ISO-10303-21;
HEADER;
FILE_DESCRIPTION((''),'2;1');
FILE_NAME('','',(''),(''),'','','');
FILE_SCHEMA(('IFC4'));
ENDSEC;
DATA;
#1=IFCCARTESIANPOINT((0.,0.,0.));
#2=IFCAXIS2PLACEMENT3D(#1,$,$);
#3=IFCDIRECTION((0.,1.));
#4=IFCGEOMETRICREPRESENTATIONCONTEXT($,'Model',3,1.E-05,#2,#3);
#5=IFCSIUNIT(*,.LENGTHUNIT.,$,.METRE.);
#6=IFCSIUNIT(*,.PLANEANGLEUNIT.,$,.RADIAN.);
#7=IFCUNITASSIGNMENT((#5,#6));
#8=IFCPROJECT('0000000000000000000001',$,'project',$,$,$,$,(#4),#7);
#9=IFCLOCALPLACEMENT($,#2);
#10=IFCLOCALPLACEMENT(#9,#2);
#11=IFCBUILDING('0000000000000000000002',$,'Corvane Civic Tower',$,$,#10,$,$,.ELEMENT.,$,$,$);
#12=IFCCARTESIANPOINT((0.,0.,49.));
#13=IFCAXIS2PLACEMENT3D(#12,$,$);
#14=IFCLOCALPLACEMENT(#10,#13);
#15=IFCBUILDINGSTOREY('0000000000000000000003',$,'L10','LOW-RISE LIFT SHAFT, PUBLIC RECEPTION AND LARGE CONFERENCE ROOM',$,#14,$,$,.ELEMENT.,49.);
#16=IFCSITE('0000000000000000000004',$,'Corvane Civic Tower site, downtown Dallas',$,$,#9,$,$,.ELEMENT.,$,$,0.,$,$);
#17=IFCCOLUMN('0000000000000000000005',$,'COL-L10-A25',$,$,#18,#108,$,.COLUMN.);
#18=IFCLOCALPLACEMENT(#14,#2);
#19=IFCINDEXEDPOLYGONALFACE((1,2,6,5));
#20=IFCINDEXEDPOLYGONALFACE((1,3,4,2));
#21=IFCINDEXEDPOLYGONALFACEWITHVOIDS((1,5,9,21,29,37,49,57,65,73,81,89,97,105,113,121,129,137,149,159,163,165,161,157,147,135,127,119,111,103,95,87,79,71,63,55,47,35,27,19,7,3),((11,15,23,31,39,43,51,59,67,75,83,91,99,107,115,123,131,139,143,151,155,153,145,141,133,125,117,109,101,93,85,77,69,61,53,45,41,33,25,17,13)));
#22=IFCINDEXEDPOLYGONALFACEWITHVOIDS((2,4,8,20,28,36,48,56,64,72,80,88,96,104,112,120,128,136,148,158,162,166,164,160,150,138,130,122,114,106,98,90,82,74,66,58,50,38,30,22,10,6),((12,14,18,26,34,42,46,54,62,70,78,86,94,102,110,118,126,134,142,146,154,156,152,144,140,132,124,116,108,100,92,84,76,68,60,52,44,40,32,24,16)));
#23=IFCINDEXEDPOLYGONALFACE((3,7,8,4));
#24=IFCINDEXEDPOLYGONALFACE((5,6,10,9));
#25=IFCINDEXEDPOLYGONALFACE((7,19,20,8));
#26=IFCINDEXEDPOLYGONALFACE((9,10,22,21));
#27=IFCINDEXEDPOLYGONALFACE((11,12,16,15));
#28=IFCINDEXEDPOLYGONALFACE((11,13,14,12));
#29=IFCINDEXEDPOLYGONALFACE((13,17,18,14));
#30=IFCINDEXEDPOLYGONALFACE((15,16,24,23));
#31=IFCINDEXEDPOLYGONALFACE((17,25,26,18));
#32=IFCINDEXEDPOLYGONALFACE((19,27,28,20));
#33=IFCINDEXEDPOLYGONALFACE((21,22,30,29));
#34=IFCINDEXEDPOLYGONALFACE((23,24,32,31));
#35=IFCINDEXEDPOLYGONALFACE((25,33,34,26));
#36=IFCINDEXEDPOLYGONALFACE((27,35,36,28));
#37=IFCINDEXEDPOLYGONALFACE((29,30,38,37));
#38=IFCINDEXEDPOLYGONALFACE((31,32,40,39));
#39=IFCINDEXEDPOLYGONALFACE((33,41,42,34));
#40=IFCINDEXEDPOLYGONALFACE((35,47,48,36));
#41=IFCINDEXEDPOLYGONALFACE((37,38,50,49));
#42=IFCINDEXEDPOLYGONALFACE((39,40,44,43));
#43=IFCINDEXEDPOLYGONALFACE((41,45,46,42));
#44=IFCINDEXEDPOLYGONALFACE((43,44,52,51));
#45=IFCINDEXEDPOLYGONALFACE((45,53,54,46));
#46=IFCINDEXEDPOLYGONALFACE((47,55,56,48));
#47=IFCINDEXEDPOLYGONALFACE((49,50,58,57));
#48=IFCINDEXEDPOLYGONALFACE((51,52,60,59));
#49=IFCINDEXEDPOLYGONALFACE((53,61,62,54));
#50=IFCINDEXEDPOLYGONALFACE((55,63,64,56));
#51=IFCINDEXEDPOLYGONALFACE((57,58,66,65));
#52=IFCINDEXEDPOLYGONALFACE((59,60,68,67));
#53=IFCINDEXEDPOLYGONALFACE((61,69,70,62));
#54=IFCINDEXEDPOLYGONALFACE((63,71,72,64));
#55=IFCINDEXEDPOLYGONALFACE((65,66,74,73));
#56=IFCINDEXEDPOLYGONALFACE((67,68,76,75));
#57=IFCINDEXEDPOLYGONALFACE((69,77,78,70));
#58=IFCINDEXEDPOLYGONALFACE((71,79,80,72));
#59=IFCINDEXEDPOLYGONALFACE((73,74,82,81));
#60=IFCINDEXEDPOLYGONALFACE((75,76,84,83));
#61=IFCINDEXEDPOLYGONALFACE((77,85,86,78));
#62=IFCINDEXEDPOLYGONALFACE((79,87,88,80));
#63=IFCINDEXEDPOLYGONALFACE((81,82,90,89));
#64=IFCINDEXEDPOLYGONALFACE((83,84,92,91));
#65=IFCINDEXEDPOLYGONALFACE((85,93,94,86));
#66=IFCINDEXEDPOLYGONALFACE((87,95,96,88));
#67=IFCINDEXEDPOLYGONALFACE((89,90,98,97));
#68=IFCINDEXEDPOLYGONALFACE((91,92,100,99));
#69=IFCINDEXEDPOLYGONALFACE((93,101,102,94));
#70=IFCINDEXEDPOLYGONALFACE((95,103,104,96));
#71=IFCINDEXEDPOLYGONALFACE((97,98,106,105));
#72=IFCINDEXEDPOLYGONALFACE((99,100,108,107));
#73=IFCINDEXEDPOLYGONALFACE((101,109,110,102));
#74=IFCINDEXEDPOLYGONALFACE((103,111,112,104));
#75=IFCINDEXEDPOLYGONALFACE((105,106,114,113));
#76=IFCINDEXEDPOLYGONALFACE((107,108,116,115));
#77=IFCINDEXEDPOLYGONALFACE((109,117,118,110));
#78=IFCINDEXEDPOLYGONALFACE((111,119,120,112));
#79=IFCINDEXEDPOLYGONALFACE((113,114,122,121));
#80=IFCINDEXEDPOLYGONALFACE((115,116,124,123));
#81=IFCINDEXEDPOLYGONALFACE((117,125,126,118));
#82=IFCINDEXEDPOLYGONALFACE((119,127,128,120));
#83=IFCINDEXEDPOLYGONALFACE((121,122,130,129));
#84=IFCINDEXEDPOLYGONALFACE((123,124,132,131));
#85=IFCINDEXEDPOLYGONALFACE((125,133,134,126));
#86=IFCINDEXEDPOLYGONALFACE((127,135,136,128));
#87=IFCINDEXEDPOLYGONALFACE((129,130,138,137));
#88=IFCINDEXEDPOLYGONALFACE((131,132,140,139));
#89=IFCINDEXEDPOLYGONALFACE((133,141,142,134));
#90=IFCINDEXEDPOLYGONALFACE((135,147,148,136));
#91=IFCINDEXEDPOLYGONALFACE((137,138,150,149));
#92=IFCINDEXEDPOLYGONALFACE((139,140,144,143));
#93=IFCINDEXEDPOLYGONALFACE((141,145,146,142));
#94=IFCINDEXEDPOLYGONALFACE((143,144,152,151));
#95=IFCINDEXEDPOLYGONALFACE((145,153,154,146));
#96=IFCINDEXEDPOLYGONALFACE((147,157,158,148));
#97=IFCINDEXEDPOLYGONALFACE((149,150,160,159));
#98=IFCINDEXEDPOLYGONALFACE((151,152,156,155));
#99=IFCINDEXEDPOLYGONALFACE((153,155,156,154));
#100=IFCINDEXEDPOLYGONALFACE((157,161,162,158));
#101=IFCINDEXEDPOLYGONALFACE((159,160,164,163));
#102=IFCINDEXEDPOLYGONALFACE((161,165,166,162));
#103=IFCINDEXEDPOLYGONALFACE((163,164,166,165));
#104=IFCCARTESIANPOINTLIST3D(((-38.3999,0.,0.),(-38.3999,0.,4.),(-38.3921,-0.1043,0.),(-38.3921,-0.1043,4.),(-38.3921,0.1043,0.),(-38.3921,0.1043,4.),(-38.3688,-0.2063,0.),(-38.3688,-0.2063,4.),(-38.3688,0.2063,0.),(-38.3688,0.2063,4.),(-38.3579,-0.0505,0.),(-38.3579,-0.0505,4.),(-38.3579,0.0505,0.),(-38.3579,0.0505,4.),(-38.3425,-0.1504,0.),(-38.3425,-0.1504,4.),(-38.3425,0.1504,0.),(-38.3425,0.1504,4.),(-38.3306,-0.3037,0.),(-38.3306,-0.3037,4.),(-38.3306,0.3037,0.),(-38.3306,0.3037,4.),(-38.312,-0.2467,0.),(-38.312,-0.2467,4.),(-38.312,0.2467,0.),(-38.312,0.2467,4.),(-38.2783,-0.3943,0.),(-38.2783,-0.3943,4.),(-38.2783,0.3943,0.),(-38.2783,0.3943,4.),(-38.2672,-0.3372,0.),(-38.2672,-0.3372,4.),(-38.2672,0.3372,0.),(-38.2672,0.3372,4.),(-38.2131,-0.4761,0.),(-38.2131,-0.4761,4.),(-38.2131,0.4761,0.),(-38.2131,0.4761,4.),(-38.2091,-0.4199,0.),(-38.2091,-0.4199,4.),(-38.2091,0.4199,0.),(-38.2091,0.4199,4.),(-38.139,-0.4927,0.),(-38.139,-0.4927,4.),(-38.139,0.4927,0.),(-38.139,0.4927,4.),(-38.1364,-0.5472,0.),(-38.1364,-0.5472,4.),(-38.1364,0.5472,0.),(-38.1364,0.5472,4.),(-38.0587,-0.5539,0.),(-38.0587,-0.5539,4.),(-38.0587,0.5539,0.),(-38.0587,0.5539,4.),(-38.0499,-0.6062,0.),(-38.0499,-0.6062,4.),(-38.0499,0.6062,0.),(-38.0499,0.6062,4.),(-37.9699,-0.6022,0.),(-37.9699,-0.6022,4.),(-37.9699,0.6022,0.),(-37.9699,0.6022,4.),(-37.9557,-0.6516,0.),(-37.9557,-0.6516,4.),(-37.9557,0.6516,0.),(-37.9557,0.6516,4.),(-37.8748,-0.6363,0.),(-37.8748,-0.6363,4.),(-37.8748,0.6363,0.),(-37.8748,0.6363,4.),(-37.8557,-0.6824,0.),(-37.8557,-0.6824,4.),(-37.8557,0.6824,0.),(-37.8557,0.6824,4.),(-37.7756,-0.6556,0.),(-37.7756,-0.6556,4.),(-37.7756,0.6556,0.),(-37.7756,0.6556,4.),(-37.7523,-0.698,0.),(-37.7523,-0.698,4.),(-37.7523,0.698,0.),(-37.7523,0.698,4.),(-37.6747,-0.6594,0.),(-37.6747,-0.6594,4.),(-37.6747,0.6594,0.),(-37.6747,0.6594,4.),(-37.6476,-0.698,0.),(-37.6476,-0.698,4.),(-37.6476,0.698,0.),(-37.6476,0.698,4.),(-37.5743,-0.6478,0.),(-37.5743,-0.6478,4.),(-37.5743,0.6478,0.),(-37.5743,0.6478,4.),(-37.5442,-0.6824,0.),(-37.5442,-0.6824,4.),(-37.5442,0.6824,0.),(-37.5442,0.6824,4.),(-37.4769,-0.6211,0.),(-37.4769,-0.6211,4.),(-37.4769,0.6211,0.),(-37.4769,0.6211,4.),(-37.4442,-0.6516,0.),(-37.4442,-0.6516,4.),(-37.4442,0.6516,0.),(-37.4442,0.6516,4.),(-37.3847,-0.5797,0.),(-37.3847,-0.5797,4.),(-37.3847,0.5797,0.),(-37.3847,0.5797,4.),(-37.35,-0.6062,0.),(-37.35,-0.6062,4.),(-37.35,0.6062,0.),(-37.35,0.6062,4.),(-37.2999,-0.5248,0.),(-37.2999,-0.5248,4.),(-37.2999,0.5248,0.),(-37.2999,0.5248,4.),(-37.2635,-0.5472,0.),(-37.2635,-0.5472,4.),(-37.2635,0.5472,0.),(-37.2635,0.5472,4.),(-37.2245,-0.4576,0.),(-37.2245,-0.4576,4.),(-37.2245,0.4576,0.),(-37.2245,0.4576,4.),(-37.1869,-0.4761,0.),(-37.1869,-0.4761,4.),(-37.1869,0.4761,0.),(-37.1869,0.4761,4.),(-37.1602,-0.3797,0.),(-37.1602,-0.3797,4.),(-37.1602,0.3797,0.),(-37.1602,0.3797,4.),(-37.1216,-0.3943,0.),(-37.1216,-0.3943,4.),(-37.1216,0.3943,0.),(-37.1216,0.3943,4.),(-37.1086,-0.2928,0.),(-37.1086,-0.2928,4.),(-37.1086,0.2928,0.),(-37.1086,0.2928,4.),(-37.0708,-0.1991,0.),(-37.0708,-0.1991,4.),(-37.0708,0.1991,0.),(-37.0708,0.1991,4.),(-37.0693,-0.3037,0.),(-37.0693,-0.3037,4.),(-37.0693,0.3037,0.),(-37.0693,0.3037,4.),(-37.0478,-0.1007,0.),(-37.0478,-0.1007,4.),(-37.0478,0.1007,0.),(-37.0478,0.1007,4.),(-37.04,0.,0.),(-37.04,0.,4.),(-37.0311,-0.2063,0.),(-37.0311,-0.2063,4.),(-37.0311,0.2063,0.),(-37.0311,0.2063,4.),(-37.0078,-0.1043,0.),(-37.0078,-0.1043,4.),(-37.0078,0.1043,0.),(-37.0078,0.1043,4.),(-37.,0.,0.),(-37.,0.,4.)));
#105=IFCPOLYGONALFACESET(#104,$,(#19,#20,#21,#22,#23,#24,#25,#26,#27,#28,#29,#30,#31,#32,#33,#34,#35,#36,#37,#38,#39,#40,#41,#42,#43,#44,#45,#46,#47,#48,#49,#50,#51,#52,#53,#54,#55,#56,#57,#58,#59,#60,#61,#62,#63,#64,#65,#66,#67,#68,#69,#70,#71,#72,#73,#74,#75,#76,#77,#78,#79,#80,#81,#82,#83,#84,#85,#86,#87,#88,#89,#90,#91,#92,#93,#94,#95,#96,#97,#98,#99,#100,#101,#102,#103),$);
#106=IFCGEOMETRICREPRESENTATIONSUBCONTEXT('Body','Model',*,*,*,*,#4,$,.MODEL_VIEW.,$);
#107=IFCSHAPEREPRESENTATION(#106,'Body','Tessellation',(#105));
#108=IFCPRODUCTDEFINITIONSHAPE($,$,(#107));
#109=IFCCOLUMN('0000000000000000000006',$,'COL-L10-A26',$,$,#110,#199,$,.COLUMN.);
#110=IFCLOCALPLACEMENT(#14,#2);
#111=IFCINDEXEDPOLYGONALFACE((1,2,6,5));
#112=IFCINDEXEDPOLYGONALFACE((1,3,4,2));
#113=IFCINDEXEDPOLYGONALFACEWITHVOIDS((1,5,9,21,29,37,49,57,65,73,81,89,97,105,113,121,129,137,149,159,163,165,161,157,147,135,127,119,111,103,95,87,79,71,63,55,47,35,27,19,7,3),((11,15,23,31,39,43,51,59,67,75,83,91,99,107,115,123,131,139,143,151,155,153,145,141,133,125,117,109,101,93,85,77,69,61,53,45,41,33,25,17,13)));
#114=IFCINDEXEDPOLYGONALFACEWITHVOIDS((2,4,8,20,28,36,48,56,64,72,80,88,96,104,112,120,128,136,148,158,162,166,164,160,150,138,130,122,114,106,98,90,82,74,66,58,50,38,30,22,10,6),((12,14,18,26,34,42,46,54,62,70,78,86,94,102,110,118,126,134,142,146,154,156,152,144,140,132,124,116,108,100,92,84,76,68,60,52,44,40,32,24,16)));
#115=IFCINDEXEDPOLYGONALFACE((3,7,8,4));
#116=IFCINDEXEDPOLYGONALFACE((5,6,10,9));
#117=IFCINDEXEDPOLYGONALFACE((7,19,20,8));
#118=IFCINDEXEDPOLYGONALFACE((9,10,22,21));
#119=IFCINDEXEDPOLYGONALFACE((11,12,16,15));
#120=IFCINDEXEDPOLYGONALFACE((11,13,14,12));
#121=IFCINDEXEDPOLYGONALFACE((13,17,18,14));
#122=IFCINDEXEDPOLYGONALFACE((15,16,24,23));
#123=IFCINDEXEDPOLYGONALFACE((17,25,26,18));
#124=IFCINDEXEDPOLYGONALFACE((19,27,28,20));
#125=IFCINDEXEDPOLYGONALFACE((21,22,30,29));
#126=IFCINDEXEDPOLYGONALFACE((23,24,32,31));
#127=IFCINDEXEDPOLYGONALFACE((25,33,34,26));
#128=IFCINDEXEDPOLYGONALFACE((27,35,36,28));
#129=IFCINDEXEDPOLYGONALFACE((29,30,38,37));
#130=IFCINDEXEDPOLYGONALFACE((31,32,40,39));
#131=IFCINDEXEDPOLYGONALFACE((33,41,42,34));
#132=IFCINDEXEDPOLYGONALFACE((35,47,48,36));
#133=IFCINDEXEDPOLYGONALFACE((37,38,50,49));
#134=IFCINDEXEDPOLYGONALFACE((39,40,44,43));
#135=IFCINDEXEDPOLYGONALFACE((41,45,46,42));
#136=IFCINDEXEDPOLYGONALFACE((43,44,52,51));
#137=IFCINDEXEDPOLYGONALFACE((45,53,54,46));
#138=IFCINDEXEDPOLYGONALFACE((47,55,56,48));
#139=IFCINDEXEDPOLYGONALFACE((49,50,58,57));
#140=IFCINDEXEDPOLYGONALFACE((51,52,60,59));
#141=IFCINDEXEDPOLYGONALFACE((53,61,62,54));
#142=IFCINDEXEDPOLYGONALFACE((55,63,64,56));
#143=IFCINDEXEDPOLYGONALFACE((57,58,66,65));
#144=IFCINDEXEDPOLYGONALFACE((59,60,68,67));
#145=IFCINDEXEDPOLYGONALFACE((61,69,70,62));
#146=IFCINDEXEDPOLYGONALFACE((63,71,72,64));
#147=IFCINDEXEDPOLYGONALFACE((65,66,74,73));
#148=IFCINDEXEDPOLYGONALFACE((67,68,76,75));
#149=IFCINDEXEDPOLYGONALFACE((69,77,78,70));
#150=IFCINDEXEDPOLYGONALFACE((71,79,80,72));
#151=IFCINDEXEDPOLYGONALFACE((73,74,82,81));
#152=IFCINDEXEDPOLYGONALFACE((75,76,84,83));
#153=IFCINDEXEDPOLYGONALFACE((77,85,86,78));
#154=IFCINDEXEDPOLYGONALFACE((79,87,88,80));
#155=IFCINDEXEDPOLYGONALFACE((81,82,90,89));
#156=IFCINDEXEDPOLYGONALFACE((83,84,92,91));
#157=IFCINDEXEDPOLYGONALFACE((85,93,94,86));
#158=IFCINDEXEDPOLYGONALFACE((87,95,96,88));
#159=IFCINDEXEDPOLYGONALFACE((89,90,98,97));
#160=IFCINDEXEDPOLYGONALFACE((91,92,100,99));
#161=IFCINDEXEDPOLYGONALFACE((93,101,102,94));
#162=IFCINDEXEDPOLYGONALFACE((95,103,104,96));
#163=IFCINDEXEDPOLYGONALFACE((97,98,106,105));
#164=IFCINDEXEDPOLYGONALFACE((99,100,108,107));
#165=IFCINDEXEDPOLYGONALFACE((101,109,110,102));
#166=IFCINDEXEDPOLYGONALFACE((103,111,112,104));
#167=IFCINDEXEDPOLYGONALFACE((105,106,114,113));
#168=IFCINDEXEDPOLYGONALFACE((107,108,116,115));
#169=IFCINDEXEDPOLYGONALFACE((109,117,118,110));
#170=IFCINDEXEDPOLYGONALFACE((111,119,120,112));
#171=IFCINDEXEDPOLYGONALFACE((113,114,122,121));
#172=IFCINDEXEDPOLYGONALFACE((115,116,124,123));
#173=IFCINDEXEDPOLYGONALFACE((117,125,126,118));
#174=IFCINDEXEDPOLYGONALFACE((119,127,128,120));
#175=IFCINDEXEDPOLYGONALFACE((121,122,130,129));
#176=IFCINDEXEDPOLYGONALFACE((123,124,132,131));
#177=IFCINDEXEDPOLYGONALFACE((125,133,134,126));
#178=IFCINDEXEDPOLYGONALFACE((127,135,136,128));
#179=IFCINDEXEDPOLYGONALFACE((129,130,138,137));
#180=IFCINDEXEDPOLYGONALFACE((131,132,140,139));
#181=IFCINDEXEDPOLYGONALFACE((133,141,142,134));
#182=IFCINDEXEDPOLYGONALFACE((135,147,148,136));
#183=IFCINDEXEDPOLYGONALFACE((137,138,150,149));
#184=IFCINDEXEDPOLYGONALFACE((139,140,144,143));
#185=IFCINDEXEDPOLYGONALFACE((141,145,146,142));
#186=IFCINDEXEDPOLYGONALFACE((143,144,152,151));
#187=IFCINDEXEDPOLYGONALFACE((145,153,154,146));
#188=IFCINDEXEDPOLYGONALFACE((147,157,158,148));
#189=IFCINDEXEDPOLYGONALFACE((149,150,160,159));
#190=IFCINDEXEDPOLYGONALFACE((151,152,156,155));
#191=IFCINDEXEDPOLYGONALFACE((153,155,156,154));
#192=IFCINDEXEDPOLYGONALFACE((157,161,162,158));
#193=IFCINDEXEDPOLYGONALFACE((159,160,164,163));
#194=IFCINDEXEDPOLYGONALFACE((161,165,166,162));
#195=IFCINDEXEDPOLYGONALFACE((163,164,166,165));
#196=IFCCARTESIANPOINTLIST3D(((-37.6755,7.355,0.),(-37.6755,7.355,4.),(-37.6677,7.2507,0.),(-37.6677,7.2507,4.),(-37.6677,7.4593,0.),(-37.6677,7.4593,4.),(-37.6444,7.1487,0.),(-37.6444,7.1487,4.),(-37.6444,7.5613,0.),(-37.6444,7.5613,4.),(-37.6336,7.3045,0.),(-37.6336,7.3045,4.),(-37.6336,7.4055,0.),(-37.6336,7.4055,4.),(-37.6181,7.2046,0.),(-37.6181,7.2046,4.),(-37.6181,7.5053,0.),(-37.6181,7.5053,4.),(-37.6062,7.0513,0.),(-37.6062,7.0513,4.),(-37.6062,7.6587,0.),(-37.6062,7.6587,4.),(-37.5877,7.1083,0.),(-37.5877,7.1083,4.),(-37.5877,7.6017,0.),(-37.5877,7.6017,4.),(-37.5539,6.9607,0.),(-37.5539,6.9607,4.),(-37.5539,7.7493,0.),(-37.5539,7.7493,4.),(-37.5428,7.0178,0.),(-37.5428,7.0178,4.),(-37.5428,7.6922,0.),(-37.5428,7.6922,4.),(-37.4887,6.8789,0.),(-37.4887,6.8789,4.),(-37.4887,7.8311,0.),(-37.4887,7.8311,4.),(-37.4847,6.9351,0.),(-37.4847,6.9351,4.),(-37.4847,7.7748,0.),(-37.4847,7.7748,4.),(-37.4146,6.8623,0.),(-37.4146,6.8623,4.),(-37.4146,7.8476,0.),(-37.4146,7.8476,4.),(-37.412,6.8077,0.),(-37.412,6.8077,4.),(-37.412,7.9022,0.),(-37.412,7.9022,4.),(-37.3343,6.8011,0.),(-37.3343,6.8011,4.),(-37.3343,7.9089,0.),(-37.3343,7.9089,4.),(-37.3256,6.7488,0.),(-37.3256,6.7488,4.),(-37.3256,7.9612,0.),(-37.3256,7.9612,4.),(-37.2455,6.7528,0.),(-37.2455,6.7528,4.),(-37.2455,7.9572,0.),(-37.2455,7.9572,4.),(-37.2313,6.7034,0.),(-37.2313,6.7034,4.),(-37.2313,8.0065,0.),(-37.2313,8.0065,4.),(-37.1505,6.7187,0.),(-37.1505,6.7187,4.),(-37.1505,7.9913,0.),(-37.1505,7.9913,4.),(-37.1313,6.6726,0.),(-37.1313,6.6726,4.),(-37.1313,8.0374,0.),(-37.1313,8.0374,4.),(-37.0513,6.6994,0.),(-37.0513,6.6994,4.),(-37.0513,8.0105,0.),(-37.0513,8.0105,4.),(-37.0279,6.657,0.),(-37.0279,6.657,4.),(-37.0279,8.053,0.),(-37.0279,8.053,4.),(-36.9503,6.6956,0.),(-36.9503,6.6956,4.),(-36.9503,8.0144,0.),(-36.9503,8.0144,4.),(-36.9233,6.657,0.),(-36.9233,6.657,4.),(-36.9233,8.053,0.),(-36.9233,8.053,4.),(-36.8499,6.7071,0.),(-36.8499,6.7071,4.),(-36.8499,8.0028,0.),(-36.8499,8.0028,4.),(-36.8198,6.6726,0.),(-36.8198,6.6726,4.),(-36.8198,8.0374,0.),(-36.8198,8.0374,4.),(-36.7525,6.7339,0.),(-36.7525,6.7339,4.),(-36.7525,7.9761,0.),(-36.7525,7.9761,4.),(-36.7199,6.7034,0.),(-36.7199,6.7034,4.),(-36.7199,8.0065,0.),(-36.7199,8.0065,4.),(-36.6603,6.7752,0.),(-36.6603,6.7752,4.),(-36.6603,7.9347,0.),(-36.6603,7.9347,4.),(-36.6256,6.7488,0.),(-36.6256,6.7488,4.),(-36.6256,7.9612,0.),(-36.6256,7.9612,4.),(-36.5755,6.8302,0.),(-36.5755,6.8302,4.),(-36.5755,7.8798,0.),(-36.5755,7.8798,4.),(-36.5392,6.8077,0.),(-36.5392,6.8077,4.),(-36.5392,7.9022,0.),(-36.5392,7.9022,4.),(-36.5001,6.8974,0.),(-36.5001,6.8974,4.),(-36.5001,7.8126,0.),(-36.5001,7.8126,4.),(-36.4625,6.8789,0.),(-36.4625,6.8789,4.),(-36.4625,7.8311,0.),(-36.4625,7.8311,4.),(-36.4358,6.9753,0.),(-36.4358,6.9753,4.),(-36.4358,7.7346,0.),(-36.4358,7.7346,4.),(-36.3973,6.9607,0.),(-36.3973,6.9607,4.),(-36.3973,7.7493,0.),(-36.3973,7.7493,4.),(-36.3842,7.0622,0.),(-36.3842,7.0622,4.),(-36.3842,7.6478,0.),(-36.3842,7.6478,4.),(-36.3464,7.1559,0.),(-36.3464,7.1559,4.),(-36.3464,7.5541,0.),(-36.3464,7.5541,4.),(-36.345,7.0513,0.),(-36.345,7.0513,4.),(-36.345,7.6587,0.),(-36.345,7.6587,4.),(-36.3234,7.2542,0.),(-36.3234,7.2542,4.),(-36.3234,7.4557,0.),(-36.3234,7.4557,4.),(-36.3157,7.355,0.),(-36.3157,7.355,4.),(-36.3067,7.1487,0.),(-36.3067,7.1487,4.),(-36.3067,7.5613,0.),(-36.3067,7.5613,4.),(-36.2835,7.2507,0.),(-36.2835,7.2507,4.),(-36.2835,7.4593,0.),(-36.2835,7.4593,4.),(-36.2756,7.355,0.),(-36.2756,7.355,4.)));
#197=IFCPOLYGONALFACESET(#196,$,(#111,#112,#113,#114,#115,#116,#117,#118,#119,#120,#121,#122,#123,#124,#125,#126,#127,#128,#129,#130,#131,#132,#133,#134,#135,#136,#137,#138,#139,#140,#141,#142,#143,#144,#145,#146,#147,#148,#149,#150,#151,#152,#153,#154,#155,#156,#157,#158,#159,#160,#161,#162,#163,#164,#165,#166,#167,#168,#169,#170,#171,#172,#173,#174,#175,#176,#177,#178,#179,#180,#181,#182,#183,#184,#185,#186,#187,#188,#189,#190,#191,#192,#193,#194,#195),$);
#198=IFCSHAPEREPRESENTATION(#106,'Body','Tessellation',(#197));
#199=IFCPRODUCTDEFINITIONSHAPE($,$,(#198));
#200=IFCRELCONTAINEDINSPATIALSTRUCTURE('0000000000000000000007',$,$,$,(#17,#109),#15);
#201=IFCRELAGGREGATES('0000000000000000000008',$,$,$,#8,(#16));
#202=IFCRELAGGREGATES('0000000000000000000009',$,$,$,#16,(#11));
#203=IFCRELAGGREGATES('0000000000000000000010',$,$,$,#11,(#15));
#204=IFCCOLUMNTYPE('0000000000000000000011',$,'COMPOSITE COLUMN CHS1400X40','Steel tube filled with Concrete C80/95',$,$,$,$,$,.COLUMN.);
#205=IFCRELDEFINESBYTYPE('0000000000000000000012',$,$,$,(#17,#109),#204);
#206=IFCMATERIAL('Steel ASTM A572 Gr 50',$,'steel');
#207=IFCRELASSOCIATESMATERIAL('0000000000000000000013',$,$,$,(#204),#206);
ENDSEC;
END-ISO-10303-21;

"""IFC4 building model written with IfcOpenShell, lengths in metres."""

from ifc_helpers import new_model, si_unit, direction, frame, origin, origin_2d, place, context, subcontext, project, spatial, hollow_circle, extrude, material, material_profile, profile_set, type_object, element, save


model = new_model("IFC4")

# Units and contexts
model_context = context("Model", 3, precision=1e-05, world=origin(), true_north=direction((0.0, 1.0)))
body_context = subcontext(model_context, "Body", "Model", "MODEL_VIEW")
ifc_project = project(units=[si_unit("LENGTHUNIT", "METRE"), si_unit("PLANEANGLEUNIT", "RADIAN")], contexts=[model_context])

# Site, building, storey
site_placement = place(None, origin())
site = spatial("IfcSite", under=ifc_project, at=site_placement, Name="Corvane Civic Tower site, downtown Dallas", CompositionType="ELEMENT", RefElevation=0.0)
building_placement = place(site_placement, origin())
building = spatial("IfcBuilding", under=site, at=building_placement, Name="Corvane Civic Tower", CompositionType="ELEMENT")
storey_placement = place(building_placement, frame((0.0, 0.0, 49.0)))
storey = spatial("IfcBuildingStorey", under=building, at=storey_placement, Name="L10", Description="LOW-RISE LIFT SHAFT, PUBLIC RECEPTION AND LARGE CONFERENCE ROOM", CompositionType="ELEMENT", Elevation=49.0)

# Columns
ifc_material_1 = material(Name="Steel ASTM A572 Gr 50", Category="steel")
ifc_material_profile_1 = material_profile(ifc_material_1, hollow_circle(Radius=0.7, WallThickness=0.04, at=origin_2d()), Name="CHS1400X40")
ifc_profile_set_1 = profile_set([ifc_material_profile_1], Name="Steel ASTM A572 Gr 50")
column_type = type_object("IfcColumnType", Name="COMPOSITE COLUMN CHS1400X40", Description="Steel tube filled with Concrete C80/95", PredefinedType="COLUMN", material=ifc_profile_set_1)
for number, where, z_axis, x_axis, name in (
    (1, (-37.7, 0.0, 0.0), (0.0, 0.0, 1.0), (1.0, 0.0, 0.0), "COL-L10-A25"),
    (2, (-36.9756, 7.355, 0.0), (0.0, 0.0, 1.0), (1.0, 0.0, 0.0), "COL-L10-A26"),
):
    element("IfcColumn", number, at=place(storey_placement, frame(where, z_axis=z_axis, x_axis=x_axis)), inside=storey, type_object=column_type, Name=name, PredefinedType="COLUMN", context=body_context, shape_type="SweptSolid", body=[
        extrude(hollow_circle(Radius=0.7, WallThickness=0.04, at=origin_2d()), origin(), (0.0, 0.0, 1.0), 4.0),
    ])

save(model, "model.ifc")
